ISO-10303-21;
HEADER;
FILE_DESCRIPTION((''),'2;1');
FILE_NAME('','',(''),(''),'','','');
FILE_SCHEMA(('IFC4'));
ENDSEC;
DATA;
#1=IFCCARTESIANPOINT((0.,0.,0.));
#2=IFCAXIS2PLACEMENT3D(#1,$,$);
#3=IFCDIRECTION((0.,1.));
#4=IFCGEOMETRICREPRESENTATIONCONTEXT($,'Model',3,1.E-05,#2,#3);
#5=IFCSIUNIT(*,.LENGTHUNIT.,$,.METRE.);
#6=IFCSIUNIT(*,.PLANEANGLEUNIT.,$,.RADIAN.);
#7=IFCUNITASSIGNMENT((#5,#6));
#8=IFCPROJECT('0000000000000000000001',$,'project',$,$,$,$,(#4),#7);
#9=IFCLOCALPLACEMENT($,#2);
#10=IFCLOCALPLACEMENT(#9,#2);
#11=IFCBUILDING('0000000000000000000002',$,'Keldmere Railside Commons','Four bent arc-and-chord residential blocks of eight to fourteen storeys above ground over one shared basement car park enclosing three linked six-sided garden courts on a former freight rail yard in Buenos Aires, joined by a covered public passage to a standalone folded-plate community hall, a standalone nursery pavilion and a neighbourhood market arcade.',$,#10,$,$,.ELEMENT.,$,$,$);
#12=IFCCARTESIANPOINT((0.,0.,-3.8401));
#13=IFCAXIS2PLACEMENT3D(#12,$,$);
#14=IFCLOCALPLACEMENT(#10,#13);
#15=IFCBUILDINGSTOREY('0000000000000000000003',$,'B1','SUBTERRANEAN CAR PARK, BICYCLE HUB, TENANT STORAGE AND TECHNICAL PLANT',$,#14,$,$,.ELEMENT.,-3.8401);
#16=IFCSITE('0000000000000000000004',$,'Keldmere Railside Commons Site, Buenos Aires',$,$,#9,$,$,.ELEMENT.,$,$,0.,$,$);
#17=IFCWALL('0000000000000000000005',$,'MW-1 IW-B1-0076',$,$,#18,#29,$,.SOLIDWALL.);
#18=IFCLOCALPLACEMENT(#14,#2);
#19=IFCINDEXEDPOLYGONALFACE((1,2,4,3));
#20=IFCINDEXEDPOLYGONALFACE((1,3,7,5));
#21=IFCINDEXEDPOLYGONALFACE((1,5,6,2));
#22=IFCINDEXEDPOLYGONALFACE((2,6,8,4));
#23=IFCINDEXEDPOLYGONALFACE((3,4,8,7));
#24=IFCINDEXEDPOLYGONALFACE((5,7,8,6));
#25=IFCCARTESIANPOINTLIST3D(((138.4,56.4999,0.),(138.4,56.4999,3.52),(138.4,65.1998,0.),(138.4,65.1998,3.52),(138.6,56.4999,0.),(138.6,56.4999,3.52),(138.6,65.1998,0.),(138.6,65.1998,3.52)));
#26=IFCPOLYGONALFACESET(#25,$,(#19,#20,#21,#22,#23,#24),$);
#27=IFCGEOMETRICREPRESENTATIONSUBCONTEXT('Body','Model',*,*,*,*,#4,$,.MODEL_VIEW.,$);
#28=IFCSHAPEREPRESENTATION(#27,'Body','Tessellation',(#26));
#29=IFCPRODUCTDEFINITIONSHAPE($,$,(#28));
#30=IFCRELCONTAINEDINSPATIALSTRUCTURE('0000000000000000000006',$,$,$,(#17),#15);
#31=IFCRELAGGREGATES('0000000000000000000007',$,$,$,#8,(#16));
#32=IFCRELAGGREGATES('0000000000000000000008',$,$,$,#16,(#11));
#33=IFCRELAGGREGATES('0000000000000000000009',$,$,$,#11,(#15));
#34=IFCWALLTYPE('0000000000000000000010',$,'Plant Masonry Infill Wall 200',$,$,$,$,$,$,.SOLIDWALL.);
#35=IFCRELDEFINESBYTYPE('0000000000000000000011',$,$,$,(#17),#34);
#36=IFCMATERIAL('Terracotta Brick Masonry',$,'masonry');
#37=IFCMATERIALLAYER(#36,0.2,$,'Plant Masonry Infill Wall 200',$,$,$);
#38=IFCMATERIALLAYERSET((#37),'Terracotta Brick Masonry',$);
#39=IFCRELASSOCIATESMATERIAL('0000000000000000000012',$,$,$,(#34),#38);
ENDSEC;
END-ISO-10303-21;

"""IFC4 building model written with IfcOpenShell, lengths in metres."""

from ifc_helpers import new_model, si_unit, direction, frame, frame_2d, origin, place, context, subcontext, project, spatial, rectangle, extrude, material, layer, layer_set, type_object, element, save


model = new_model("IFC4")

# Units and contexts
model_context = context("Model", 3, precision=1e-05, world=origin(), true_north=direction((0.0, 1.0)))
body_context = subcontext(model_context, "Body", "Model", "MODEL_VIEW")
ifc_project = project(units=[si_unit("LENGTHUNIT", "METRE"), si_unit("PLANEANGLEUNIT", "RADIAN")], contexts=[model_context])

# Site, building, storey
site_placement = place(None, origin())
site = spatial("IfcSite", under=ifc_project, at=site_placement, Name="Keldmere Railside Commons Site, Buenos Aires", CompositionType="ELEMENT", RefElevation=0.0)
building_placement = place(site_placement, origin())
building = spatial("IfcBuilding", under=site, at=building_placement, Name="Keldmere Railside Commons", Description="Four bent arc-and-chord residential blocks of eight to fourteen storeys above ground over one shared basement car park enclosing three linked six-sided garden courts on a former freight rail yard in Buenos Aires, joined by a covered public passage to a standalone folded-plate community hall, a standalone nursery pavilion and a neighbourhood market arcade.", CompositionType="ELEMENT")
storey_placement = place(building_placement, frame((0.0, 0.0, -3.8401)))
storey = spatial("IfcBuildingStorey", under=building, at=storey_placement, Name="B1", Description="SUBTERRANEAN CAR PARK, BICYCLE HUB, TENANT STORAGE AND TECHNICAL PLANT", CompositionType="ELEMENT", Elevation=-3.8401)

# Shared definitions
ifc_material_1 = material(Name="Terracotta Brick Masonry", Category="masonry")
ifc_layer = layer(ifc_material_1, 0.2, Name="Plant Masonry Infill Wall 200")
ifc_layer_set = layer_set([ifc_layer], Name="Terracotta Brick Masonry")
wall_type = type_object("IfcWallType", Name="Plant Masonry Infill Wall 200", PredefinedType="SOLIDWALL", material=ifc_layer_set)

# Wall
wall_1_placement = place(storey_placement, frame((138.5, 65.2, 0.0), z_axis=(0.0, 0.0, 1.0), x_axis=(0.0, -1.0, 0.0)))
element("IfcWall", 1, at=wall_1_placement, inside=storey, type_object=wall_type, Name="MW-1 IW-B1-0076", PredefinedType="SOLIDWALL", context=body_context, shape_type="SweptSolid", body=[
    extrude(rectangle(XDim=8.7, YDim=0.2, at=frame_2d((4.3501, 0.0))), origin(), (0.0, 0.0, 1.0), 3.52),
])

save(model, "model.ifc")
